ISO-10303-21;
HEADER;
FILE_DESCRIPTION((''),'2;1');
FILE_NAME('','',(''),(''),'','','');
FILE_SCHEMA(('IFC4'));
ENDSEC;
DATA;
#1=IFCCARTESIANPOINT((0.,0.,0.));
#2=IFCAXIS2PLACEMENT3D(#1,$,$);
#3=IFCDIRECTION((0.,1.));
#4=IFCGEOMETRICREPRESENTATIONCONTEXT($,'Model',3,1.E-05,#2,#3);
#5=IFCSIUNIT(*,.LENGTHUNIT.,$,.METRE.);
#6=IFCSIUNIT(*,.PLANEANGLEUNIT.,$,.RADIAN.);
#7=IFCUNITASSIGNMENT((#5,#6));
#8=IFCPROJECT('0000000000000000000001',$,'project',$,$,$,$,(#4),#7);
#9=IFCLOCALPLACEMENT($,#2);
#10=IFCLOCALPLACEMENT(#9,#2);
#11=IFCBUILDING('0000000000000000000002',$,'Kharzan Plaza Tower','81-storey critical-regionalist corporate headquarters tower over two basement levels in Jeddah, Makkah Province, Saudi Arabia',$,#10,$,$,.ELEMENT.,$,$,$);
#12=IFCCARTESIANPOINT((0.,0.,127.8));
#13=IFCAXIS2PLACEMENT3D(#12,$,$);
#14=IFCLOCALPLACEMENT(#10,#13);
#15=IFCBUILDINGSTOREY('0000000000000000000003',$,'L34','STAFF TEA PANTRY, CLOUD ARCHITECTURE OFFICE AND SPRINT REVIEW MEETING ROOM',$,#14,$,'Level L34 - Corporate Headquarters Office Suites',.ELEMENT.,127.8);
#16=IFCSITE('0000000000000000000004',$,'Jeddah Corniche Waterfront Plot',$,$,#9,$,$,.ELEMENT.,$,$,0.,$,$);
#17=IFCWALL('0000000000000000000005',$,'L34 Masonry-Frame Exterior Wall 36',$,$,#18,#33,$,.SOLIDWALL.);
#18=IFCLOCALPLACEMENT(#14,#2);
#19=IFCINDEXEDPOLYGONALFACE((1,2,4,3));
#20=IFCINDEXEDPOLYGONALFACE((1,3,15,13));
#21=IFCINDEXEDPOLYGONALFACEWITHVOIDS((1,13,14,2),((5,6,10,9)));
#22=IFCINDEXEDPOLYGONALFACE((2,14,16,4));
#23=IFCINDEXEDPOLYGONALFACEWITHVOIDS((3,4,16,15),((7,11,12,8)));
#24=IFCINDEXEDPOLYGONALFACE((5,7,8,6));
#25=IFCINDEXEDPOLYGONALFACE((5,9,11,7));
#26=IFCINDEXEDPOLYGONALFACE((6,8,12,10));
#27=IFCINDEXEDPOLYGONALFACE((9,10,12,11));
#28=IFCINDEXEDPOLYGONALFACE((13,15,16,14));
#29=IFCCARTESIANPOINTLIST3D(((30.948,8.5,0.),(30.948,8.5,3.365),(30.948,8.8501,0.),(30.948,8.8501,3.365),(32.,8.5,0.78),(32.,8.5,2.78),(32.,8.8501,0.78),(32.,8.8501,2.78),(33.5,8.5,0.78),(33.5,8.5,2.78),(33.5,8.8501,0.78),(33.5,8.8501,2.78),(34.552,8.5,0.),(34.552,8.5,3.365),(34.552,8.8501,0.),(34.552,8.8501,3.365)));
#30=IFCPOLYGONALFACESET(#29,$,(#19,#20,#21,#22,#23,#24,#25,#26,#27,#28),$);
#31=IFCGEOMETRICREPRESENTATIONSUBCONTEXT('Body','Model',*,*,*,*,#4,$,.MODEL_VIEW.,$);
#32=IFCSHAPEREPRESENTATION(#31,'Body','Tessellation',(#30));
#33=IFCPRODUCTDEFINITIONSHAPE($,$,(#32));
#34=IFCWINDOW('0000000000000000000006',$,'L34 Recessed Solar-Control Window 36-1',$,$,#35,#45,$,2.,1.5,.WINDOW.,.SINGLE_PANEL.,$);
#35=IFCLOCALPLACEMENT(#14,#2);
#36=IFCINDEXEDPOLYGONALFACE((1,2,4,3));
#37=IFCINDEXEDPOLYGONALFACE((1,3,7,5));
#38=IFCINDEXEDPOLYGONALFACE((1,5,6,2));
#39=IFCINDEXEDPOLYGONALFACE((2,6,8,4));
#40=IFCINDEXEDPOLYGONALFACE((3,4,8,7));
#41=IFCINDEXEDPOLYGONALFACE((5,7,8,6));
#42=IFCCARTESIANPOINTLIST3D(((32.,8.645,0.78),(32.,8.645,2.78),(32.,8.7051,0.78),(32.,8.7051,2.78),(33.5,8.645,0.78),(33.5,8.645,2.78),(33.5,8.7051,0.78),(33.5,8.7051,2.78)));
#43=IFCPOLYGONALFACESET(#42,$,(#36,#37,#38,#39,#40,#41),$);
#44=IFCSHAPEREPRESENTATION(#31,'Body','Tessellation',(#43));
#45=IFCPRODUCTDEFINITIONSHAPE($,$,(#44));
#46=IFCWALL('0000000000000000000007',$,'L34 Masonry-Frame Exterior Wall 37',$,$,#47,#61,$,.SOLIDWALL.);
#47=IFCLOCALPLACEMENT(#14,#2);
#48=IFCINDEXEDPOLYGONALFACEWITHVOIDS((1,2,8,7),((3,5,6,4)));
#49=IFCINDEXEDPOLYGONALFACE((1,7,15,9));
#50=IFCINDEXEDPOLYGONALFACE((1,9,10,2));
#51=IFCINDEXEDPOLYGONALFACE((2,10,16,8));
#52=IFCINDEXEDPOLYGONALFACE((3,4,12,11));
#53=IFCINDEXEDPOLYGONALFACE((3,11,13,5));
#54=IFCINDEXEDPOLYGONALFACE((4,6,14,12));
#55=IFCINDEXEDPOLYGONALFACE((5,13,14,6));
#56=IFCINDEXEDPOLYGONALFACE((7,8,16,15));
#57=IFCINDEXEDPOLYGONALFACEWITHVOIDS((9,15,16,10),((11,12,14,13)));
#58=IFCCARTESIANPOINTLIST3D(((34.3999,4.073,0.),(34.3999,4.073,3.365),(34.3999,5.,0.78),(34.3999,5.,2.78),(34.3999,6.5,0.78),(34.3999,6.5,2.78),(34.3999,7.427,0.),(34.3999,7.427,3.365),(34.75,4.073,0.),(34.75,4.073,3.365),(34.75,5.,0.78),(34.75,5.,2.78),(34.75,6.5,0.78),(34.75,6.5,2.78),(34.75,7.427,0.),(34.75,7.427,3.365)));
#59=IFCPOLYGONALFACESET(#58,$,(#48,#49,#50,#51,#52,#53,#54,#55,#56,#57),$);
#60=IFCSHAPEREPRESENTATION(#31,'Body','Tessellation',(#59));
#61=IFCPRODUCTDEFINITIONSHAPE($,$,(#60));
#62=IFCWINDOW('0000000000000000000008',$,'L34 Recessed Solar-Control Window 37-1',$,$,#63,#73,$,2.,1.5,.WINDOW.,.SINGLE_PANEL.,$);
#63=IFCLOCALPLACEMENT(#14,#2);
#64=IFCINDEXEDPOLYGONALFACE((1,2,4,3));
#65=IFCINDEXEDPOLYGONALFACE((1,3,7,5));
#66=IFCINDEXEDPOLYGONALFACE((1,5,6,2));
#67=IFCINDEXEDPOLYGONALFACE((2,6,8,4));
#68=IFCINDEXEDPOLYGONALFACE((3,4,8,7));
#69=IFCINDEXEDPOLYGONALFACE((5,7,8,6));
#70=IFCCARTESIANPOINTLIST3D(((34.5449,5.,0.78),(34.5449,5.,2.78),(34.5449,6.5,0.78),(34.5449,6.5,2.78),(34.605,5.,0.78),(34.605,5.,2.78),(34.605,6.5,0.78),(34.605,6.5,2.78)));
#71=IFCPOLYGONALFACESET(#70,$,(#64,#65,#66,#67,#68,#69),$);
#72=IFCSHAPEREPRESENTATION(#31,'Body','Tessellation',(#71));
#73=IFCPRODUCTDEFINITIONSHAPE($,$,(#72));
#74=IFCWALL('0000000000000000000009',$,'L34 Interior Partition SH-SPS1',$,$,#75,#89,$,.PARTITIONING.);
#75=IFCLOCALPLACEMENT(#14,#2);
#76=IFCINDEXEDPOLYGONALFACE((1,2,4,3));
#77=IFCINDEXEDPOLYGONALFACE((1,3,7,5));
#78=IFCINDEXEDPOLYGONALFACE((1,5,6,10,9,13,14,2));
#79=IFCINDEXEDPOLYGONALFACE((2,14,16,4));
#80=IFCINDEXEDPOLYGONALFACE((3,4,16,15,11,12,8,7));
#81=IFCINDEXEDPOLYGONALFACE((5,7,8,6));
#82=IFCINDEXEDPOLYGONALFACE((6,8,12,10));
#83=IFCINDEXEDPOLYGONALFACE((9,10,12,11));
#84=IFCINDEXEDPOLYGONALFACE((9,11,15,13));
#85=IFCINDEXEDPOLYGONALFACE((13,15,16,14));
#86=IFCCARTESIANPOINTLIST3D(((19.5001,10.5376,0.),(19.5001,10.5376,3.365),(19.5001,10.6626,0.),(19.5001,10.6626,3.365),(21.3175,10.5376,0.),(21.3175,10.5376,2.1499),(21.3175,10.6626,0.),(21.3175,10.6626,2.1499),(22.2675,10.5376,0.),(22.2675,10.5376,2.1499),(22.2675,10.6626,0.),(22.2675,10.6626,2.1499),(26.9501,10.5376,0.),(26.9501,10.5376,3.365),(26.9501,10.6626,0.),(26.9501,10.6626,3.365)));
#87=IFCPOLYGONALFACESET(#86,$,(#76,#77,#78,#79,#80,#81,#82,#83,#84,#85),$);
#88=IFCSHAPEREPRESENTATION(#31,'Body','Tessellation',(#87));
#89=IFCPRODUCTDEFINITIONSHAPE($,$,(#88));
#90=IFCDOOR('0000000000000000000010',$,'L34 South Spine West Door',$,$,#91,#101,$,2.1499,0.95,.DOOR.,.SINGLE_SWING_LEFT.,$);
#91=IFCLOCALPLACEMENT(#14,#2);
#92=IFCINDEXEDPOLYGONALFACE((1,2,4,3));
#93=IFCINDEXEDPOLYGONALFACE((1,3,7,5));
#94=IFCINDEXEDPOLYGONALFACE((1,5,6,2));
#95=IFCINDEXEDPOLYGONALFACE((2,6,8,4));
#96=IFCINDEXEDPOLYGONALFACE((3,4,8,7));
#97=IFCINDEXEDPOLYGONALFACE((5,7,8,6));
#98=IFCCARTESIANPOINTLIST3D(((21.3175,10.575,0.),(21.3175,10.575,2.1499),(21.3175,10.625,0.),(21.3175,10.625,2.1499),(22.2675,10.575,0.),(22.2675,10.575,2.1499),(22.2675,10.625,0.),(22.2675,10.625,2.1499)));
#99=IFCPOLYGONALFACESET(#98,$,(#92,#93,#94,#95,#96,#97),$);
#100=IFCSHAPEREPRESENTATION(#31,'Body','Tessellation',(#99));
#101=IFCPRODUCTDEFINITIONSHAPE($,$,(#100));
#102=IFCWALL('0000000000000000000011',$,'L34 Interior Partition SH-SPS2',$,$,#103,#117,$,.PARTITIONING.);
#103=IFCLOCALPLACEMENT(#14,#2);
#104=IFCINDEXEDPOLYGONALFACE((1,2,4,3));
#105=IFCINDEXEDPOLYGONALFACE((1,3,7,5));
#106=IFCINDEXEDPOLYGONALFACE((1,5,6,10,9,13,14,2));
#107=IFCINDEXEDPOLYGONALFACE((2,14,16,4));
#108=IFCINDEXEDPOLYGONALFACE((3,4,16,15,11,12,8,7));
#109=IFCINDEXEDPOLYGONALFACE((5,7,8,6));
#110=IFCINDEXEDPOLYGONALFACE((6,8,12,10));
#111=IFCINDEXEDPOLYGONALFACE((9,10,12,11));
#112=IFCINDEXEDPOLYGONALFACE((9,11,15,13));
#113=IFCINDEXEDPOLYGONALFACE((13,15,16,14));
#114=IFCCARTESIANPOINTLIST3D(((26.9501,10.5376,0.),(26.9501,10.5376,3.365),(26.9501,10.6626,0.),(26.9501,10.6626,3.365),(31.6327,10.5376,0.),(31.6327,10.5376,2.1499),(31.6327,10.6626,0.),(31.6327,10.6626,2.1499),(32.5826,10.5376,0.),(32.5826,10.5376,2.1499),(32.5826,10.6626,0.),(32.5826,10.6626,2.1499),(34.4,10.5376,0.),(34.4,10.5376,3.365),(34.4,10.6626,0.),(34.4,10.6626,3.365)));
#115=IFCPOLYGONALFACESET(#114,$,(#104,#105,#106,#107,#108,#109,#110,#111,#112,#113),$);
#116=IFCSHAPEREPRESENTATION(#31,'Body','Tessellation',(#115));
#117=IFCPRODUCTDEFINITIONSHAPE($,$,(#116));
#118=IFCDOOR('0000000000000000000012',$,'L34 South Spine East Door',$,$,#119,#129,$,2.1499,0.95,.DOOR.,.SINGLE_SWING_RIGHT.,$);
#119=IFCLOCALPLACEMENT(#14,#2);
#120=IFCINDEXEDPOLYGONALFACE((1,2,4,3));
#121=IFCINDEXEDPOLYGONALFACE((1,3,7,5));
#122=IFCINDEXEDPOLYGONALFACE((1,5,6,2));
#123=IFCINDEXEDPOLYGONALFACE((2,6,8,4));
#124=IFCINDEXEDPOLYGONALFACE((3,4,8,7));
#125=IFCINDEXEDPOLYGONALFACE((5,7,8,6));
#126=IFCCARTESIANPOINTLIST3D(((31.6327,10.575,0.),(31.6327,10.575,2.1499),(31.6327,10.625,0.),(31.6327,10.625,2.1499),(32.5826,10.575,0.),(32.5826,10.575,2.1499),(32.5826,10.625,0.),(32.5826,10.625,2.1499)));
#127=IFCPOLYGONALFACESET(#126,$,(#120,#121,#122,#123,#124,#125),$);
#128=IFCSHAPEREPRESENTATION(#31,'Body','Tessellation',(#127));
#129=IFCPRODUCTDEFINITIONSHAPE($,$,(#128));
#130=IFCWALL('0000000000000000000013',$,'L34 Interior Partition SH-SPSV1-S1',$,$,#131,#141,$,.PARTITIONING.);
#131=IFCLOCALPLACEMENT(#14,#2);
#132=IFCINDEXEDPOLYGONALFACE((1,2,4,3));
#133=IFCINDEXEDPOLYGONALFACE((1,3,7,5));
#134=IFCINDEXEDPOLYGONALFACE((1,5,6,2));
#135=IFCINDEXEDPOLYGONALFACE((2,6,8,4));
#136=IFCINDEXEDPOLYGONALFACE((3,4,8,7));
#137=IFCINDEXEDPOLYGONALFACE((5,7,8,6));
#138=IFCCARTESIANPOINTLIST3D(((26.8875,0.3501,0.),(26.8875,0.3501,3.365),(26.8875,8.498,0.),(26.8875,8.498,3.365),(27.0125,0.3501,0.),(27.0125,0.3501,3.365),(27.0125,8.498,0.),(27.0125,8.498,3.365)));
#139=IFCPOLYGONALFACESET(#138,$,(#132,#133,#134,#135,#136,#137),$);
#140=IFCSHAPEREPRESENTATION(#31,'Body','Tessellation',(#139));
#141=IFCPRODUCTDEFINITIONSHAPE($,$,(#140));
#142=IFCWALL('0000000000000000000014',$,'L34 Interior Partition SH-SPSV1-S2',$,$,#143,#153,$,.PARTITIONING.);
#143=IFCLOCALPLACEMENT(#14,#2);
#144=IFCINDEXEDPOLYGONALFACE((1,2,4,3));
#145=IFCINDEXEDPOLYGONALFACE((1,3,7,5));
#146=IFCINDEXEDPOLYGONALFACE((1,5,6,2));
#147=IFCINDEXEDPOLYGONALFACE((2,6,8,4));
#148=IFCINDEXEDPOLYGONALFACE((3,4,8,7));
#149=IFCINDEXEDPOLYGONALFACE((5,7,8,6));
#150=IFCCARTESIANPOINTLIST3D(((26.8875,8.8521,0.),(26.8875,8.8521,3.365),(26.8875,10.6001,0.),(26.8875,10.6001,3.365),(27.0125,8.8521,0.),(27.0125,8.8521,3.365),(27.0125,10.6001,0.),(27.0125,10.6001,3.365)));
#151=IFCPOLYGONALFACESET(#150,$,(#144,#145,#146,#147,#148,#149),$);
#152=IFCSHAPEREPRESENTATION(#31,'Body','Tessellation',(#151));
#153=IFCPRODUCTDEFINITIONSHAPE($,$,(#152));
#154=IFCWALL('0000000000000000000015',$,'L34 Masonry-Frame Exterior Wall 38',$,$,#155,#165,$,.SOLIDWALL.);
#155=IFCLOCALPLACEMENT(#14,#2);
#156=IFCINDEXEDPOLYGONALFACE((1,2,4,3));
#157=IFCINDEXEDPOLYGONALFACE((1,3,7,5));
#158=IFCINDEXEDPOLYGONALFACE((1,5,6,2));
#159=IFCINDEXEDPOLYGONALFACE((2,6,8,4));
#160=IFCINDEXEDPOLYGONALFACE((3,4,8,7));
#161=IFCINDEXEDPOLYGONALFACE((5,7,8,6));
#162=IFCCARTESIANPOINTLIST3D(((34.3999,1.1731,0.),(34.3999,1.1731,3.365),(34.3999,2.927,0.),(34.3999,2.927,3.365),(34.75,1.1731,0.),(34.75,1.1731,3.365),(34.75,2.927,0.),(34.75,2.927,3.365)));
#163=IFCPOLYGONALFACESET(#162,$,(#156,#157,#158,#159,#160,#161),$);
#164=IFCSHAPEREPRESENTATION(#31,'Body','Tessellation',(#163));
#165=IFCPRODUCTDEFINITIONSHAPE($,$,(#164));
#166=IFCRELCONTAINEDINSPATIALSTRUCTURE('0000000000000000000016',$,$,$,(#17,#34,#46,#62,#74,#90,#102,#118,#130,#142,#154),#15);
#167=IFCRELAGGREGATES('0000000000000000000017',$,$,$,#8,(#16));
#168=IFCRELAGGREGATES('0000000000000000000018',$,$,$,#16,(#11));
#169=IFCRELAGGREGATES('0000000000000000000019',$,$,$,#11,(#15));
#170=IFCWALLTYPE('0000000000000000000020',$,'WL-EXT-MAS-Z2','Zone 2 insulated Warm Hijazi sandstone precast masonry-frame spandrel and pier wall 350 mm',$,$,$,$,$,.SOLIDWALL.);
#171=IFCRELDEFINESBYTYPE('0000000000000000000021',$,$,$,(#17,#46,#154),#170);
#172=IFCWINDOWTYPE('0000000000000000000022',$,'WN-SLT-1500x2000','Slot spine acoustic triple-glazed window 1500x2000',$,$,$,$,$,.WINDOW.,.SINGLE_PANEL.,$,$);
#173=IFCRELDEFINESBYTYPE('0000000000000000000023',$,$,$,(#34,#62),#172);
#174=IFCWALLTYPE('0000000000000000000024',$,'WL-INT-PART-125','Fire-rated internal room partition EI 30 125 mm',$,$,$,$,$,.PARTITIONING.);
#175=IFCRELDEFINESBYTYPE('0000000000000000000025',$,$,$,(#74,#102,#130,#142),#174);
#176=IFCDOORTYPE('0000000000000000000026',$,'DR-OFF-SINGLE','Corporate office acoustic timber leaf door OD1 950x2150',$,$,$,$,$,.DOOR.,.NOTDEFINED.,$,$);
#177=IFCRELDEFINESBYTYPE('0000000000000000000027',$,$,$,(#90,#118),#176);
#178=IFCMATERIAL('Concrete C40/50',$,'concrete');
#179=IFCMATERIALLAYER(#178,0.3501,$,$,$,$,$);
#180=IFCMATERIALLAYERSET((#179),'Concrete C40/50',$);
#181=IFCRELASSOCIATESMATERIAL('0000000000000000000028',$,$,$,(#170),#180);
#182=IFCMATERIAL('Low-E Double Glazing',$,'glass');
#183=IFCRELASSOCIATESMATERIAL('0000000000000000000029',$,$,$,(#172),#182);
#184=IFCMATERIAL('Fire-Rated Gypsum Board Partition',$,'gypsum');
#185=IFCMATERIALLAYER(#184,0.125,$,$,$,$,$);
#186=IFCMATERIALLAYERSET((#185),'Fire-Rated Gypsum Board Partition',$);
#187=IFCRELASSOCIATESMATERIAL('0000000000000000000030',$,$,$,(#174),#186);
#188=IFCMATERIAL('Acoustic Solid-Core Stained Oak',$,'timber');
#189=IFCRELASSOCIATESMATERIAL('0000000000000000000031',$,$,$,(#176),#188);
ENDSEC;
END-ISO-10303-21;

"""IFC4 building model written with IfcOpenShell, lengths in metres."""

from ifc_helpers import new_model, si_unit, direction, frame, frame_2d, origin, place, context, subcontext, project, spatial, rectangle, extrude, source, transform, mapped, material, layer, layer_set, type_object, element, fill, save


model = new_model("IFC4")

# Units and contexts
model_context = context("Model", 3, precision=1e-05, world=origin(), true_north=direction((0.0, 1.0)))
body_context = subcontext(model_context, "Body", "Model", "MODEL_VIEW")
ifc_project = project(units=[si_unit("LENGTHUNIT", "METRE"), si_unit("PLANEANGLEUNIT", "RADIAN")], contexts=[model_context])

# Site, building, storey
site_placement = place(None, origin())
site = spatial("IfcSite", under=ifc_project, at=site_placement, Name="Jeddah Corniche Waterfront Plot", CompositionType="ELEMENT", RefElevation=0.0)
building_placement = place(site_placement, origin())
building = spatial("IfcBuilding", under=site, at=building_placement, Name="Kharzan Plaza Tower", Description="81-storey critical-regionalist corporate headquarters tower over two basement levels in Jeddah, Makkah Province, Saudi Arabia", CompositionType="ELEMENT")
storey_placement = place(building_placement, frame((0.0, 0.0, 127.8)))
storey = spatial("IfcBuildingStorey", under=building, at=storey_placement, Name="L34", Description="STAFF TEA PANTRY, CLOUD ARCHITECTURE OFFICE AND SPRINT REVIEW MEETING ROOM", LongName="Level L34 - Corporate Headquarters Office Suites", CompositionType="ELEMENT", Elevation=127.8)

# Shared definitions
ifc_material_1 = material(Name="Concrete C40/50", Category="concrete")
ifc_layer_1 = layer(ifc_material_1, 0.3501)
ifc_layer_set_1 = layer_set([ifc_layer_1], Name="Concrete C40/50")
wall_type_1 = type_object("IfcWallType", Name="WL-EXT-MAS-Z2", Description="Zone 2 insulated Warm Hijazi sandstone precast masonry-frame spandrel and pier wall 350 mm", PredefinedType="SOLIDWALL", material=ifc_layer_set_1)
ifc_material_2 = material(Name="Low-E Double Glazing", Category="glass")
window_type = type_object("IfcWindowType", Name="WN-SLT-1500x2000", Description="Slot spine acoustic triple-glazed window 1500x2000", PartitioningType="SINGLE_PANEL", PredefinedType="WINDOW", material=ifc_material_2)
shared_shape_1 = source(origin(), body_context, "Body", "SweptSolid", [
    extrude(rectangle(XDim=1.5, YDim=2.0, at=frame_2d((0.75, 1.0))), frame((0.0, 0.03, 0.0), z_axis=(0.0, -1.0, 0.0), x_axis=(1.0, 0.0, 0.0)), (0.0, 0.0, 1.0), 0.0601),
])

# Walls, openings, windows
wall_1_placement = place(storey_placement, frame((30.948, 8.675, 0.0), z_axis=(0.0, 0.0, 1.0), x_axis=(1.0, 0.0, 0.0)))
wall_1 = element("IfcWall", 1, at=wall_1_placement, inside=storey, type_object=wall_type_1, Name="L34 Masonry-Frame Exterior Wall 36", PredefinedType="SOLIDWALL", context=body_context, shape_type="SweptSolid", body=[
    extrude(rectangle(XDim=3.604, YDim=0.3501, at=frame_2d((1.802, 0.0))), origin(), (0.0, 0.0, 1.0), 3.365),
])
opening_1_placement = place(wall_1_placement, frame((1.052, 0.0, 0.78)))
opening_1 = element("IfcOpeningElement", 2, at=opening_1_placement, cuts=wall_1, PredefinedType="OPENING", context=body_context, shape_type="SweptSolid", body=[
    extrude(rectangle(XDim=1.5, YDim=2.0, at=frame_2d((0.75, 1.0))), frame((0.0, 0.1851, 0.0), z_axis=(0.0, -1.0, 0.0), x_axis=(1.0, 0.0, 0.0)), (0.0, 0.0, 1.0), 0.3701),
])
window_1_placement = place(opening_1_placement, origin())
window_1 = element("IfcWindow", 3, at=window_1_placement, inside=storey, type_object=window_type, Name="L34 Recessed Solar-Control Window 36-1", OverallHeight=2.0, OverallWidth=1.5, PartitioningType="SINGLE_PANEL", PredefinedType="WINDOW", context=body_context, shape_type="MappedRepresentation", body=[
    mapped(shared_shape_1, transform((0.0, 0.0, 0.0), x_axis=(1.0, 0.0, 0.0), y_axis=(0.0, 1.0, 0.0), z_axis=(0.0, 0.0, 1.0))),
])
fill(opening_1, window_1)
wall_2_placement = place(storey_placement, frame((34.575, 7.427, 0.0), z_axis=(0.0, 0.0, 1.0), x_axis=(0.0, -1.0, 0.0)))
wall_2 = element("IfcWall", 4, at=wall_2_placement, inside=storey, type_object=wall_type_1, Name="L34 Masonry-Frame Exterior Wall 37", PredefinedType="SOLIDWALL", context=body_context, shape_type="SweptSolid", body=[
    extrude(rectangle(XDim=3.354, YDim=0.3501, at=frame_2d((1.677, 0.0))), origin(), (0.0, 0.0, 1.0), 3.365),
])
opening_2_placement = place(wall_2_placement, frame((0.927, 0.0, 0.78)))
opening_2 = element("IfcOpeningElement", 5, at=opening_2_placement, cuts=wall_2, PredefinedType="OPENING", context=body_context, shape_type="SweptSolid", body=[
    extrude(rectangle(XDim=1.5, YDim=2.0, at=frame_2d((0.75, 1.0))), frame((0.0, 0.1851, 0.0), z_axis=(0.0, -1.0, 0.0), x_axis=(1.0, 0.0, 0.0)), (0.0, 0.0, 1.0), 0.3701),
])
window_2_placement = place(opening_2_placement, origin())
window_2 = element("IfcWindow", 6, at=window_2_placement, inside=storey, type_object=window_type, Name="L34 Recessed Solar-Control Window 37-1", OverallHeight=2.0, OverallWidth=1.5, PartitioningType="SINGLE_PANEL", PredefinedType="WINDOW", context=body_context, shape_type="MappedRepresentation", body=[
    mapped(shared_shape_1, transform((0.0, 0.0, 0.0), x_axis=(1.0, 0.0, 0.0), y_axis=(0.0, 1.0, 0.0), z_axis=(0.0, 0.0, 1.0))),
])
fill(opening_2, window_2)

# Walls, openings, doors
ifc_material_3 = material(Name="Fire-Rated Gypsum Board Partition", Category="gypsum")
ifc_layer_2 = layer(ifc_material_3, 0.125)
ifc_layer_set_2 = layer_set([ifc_layer_2], Name="Fire-Rated Gypsum Board Partition")
wall_type_2 = type_object("IfcWallType", Name="WL-INT-PART-125", Description="Fire-rated internal room partition EI 30 125 mm", PredefinedType="PARTITIONING", material=ifc_layer_set_2)
wall_3_placement = place(storey_placement, frame((19.5, 10.6001, 0.0), z_axis=(0.0, 0.0, 1.0), x_axis=(1.0, 0.0, 0.0)))
wall_3 = element("IfcWall", 7, at=wall_3_placement, inside=storey, type_object=wall_type_2, Name="L34 Interior Partition SH-SPS1", PredefinedType="PARTITIONING", context=body_context, shape_type="SweptSolid", body=[
    extrude(rectangle(XDim=7.45, YDim=0.125, at=frame_2d((3.7251, 0.0))), origin(), (0.0, 0.0, 1.0), 3.365),
])
opening_3_placement = place(wall_3_placement, frame((1.8174, 0.0, 0.0)))
opening_3 = element("IfcOpeningElement", 8, at=opening_3_placement, cuts=wall_3, PredefinedType="OPENING", context=body_context, shape_type="SweptSolid", body=[
    extrude(rectangle(XDim=0.95, YDim=2.1499, at=frame_2d((0.4751, 1.075))), frame((0.0, 0.0725, 0.0), z_axis=(0.0, -1.0, 0.0), x_axis=(1.0, 0.0, 0.0)), (0.0, 0.0, 1.0), 0.145),
])
ifc_material_4 = material(Name="Acoustic Solid-Core Stained Oak", Category="timber")
door_type = type_object("IfcDoorType", Name="DR-OFF-SINGLE", Description="Corporate office acoustic timber leaf door OD1 950x2150", OperationType="NOTDEFINED", PredefinedType="DOOR", material=ifc_material_4)
shared_shape_2 = source(origin(), body_context, "Body", "SweptSolid", [
    extrude(rectangle(XDim=0.95, YDim=2.1499, at=frame_2d((0.4751, 1.075))), frame((0.0, 0.0249, 0.0), z_axis=(0.0, -1.0, 0.0), x_axis=(1.0, 0.0, 0.0)), (0.0, 0.0, 1.0), 0.05),
])
door_1_placement = place(opening_3_placement, origin())
door_1 = element("IfcDoor", 9, at=door_1_placement, inside=storey, type_object=door_type, Name="L34 South Spine West Door", OperationType="SINGLE_SWING_LEFT", OverallHeight=2.1499, OverallWidth=0.95, PredefinedType="DOOR", context=body_context, shape_type="MappedRepresentation", body=[
    mapped(shared_shape_2, transform((0.0, 0.0, 0.0), x_axis=(1.0, 0.0, 0.0), y_axis=(0.0, 1.0, 0.0), z_axis=(0.0, 0.0, 1.0))),
])
fill(opening_3, door_1)
wall_4_placement = place(storey_placement, frame((26.95, 10.6001, 0.0), z_axis=(0.0, 0.0, 1.0), x_axis=(1.0, 0.0, 0.0)))
wall_4 = element("IfcWall", 10, at=wall_4_placement, inside=storey, type_object=wall_type_2, Name="L34 Interior Partition SH-SPS2", PredefinedType="PARTITIONING", context=body_context, shape_type="SweptSolid", body=[
    extrude(rectangle(XDim=7.45, YDim=0.125, at=frame_2d((3.7251, 0.0))), origin(), (0.0, 0.0, 1.0), 3.365),
])
opening_4_placement = place(wall_4_placement, frame((4.6826, 0.0, 0.0)))
opening_4 = element("IfcOpeningElement", 11, at=opening_4_placement, cuts=wall_4, PredefinedType="OPENING", context=body_context, shape_type="SweptSolid", body=[
    extrude(rectangle(XDim=0.95, YDim=2.1499, at=frame_2d((0.4751, 1.075))), frame((0.0, 0.0725, 0.0), z_axis=(0.0, -1.0, 0.0), x_axis=(1.0, 0.0, 0.0)), (0.0, 0.0, 1.0), 0.145),
])
door_2_placement = place(opening_4_placement, origin())
door_2 = element("IfcDoor", 12, at=door_2_placement, inside=storey, type_object=door_type, Name="L34 South Spine East Door", OperationType="SINGLE_SWING_RIGHT", OverallHeight=2.1499, OverallWidth=0.95, PredefinedType="DOOR", context=body_context, shape_type="MappedRepresentation", body=[
    mapped(shared_shape_2, transform((0.0, 0.0, 0.0), x_axis=(1.0, 0.0, 0.0), y_axis=(0.0, 1.0, 0.0), z_axis=(0.0, 0.0, 1.0))),
])
fill(opening_4, door_2)

# Walls
shared_shape_3 = source(origin(), body_context, "Body", "SweptSolid", [
    extrude(rectangle(XDim=8.1479, YDim=0.125, at=frame_2d((4.074, 0.0))), origin(), (0.0, 0.0, 1.0), 3.365),
])
wall_5_placement = place(storey_placement, frame((26.95, 0.3501, 0.0), z_axis=(0.0, 0.0, 1.0), x_axis=(0.0, 1.0, 0.0)))
element("IfcWall", 13, at=wall_5_placement, inside=storey, type_object=wall_type_2, Name="L34 Interior Partition SH-SPSV1-S1", PredefinedType="PARTITIONING", context=body_context, shape_type="MappedRepresentation", body=[
    mapped(shared_shape_3, transform((0.0, 0.0, 0.0), x_axis=(1.0, 0.0, 0.0), y_axis=(0.0, 1.0, 0.0), z_axis=(0.0, 0.0, 1.0))),
])
shared_shape_4 = source(origin(), body_context, "Body", "SweptSolid", [
    extrude(rectangle(XDim=1.748, YDim=0.125, at=frame_2d((0.874, 0.0))), origin(), (0.0, 0.0, 1.0), 3.365),
])
wall_6_placement = place(storey_placement, frame((26.95, 8.8521, 0.0), z_axis=(0.0, 0.0, 1.0), x_axis=(0.0, 1.0, 0.0)))
element("IfcWall", 14, at=wall_6_placement, inside=storey, type_object=wall_type_2, Name="L34 Interior Partition SH-SPSV1-S2", PredefinedType="PARTITIONING", context=body_context, shape_type="MappedRepresentation", body=[
    mapped(shared_shape_4, transform((0.0, 0.0, 0.0), x_axis=(1.0, 0.0, 0.0), y_axis=(0.0, 1.0, 0.0), z_axis=(0.0, 0.0, 1.0))),
])
shared_shape_5 = source(origin(), body_context, "Body", "SweptSolid", [
    extrude(rectangle(XDim=1.7539, YDim=0.3501, at=frame_2d((0.877, 0.0))), origin(), (0.0, 0.0, 1.0), 3.365),
])
wall_7_placement = place(storey_placement, frame((34.575, 2.927, 0.0), z_axis=(0.0, 0.0, 1.0), x_axis=(0.0, -1.0, 0.0)))
element("IfcWall", 15, at=wall_7_placement, inside=storey, type_object=wall_type_1, Name="L34 Masonry-Frame Exterior Wall 38", PredefinedType="SOLIDWALL", context=body_context, shape_type="MappedRepresentation", body=[
    mapped(shared_shape_5, transform((0.0, 0.0, 0.0), x_axis=(1.0, 0.0, 0.0), y_axis=(0.0, 1.0, 0.0), z_axis=(0.0, 0.0, 1.0))),
])

save(model, "model.ifc")
